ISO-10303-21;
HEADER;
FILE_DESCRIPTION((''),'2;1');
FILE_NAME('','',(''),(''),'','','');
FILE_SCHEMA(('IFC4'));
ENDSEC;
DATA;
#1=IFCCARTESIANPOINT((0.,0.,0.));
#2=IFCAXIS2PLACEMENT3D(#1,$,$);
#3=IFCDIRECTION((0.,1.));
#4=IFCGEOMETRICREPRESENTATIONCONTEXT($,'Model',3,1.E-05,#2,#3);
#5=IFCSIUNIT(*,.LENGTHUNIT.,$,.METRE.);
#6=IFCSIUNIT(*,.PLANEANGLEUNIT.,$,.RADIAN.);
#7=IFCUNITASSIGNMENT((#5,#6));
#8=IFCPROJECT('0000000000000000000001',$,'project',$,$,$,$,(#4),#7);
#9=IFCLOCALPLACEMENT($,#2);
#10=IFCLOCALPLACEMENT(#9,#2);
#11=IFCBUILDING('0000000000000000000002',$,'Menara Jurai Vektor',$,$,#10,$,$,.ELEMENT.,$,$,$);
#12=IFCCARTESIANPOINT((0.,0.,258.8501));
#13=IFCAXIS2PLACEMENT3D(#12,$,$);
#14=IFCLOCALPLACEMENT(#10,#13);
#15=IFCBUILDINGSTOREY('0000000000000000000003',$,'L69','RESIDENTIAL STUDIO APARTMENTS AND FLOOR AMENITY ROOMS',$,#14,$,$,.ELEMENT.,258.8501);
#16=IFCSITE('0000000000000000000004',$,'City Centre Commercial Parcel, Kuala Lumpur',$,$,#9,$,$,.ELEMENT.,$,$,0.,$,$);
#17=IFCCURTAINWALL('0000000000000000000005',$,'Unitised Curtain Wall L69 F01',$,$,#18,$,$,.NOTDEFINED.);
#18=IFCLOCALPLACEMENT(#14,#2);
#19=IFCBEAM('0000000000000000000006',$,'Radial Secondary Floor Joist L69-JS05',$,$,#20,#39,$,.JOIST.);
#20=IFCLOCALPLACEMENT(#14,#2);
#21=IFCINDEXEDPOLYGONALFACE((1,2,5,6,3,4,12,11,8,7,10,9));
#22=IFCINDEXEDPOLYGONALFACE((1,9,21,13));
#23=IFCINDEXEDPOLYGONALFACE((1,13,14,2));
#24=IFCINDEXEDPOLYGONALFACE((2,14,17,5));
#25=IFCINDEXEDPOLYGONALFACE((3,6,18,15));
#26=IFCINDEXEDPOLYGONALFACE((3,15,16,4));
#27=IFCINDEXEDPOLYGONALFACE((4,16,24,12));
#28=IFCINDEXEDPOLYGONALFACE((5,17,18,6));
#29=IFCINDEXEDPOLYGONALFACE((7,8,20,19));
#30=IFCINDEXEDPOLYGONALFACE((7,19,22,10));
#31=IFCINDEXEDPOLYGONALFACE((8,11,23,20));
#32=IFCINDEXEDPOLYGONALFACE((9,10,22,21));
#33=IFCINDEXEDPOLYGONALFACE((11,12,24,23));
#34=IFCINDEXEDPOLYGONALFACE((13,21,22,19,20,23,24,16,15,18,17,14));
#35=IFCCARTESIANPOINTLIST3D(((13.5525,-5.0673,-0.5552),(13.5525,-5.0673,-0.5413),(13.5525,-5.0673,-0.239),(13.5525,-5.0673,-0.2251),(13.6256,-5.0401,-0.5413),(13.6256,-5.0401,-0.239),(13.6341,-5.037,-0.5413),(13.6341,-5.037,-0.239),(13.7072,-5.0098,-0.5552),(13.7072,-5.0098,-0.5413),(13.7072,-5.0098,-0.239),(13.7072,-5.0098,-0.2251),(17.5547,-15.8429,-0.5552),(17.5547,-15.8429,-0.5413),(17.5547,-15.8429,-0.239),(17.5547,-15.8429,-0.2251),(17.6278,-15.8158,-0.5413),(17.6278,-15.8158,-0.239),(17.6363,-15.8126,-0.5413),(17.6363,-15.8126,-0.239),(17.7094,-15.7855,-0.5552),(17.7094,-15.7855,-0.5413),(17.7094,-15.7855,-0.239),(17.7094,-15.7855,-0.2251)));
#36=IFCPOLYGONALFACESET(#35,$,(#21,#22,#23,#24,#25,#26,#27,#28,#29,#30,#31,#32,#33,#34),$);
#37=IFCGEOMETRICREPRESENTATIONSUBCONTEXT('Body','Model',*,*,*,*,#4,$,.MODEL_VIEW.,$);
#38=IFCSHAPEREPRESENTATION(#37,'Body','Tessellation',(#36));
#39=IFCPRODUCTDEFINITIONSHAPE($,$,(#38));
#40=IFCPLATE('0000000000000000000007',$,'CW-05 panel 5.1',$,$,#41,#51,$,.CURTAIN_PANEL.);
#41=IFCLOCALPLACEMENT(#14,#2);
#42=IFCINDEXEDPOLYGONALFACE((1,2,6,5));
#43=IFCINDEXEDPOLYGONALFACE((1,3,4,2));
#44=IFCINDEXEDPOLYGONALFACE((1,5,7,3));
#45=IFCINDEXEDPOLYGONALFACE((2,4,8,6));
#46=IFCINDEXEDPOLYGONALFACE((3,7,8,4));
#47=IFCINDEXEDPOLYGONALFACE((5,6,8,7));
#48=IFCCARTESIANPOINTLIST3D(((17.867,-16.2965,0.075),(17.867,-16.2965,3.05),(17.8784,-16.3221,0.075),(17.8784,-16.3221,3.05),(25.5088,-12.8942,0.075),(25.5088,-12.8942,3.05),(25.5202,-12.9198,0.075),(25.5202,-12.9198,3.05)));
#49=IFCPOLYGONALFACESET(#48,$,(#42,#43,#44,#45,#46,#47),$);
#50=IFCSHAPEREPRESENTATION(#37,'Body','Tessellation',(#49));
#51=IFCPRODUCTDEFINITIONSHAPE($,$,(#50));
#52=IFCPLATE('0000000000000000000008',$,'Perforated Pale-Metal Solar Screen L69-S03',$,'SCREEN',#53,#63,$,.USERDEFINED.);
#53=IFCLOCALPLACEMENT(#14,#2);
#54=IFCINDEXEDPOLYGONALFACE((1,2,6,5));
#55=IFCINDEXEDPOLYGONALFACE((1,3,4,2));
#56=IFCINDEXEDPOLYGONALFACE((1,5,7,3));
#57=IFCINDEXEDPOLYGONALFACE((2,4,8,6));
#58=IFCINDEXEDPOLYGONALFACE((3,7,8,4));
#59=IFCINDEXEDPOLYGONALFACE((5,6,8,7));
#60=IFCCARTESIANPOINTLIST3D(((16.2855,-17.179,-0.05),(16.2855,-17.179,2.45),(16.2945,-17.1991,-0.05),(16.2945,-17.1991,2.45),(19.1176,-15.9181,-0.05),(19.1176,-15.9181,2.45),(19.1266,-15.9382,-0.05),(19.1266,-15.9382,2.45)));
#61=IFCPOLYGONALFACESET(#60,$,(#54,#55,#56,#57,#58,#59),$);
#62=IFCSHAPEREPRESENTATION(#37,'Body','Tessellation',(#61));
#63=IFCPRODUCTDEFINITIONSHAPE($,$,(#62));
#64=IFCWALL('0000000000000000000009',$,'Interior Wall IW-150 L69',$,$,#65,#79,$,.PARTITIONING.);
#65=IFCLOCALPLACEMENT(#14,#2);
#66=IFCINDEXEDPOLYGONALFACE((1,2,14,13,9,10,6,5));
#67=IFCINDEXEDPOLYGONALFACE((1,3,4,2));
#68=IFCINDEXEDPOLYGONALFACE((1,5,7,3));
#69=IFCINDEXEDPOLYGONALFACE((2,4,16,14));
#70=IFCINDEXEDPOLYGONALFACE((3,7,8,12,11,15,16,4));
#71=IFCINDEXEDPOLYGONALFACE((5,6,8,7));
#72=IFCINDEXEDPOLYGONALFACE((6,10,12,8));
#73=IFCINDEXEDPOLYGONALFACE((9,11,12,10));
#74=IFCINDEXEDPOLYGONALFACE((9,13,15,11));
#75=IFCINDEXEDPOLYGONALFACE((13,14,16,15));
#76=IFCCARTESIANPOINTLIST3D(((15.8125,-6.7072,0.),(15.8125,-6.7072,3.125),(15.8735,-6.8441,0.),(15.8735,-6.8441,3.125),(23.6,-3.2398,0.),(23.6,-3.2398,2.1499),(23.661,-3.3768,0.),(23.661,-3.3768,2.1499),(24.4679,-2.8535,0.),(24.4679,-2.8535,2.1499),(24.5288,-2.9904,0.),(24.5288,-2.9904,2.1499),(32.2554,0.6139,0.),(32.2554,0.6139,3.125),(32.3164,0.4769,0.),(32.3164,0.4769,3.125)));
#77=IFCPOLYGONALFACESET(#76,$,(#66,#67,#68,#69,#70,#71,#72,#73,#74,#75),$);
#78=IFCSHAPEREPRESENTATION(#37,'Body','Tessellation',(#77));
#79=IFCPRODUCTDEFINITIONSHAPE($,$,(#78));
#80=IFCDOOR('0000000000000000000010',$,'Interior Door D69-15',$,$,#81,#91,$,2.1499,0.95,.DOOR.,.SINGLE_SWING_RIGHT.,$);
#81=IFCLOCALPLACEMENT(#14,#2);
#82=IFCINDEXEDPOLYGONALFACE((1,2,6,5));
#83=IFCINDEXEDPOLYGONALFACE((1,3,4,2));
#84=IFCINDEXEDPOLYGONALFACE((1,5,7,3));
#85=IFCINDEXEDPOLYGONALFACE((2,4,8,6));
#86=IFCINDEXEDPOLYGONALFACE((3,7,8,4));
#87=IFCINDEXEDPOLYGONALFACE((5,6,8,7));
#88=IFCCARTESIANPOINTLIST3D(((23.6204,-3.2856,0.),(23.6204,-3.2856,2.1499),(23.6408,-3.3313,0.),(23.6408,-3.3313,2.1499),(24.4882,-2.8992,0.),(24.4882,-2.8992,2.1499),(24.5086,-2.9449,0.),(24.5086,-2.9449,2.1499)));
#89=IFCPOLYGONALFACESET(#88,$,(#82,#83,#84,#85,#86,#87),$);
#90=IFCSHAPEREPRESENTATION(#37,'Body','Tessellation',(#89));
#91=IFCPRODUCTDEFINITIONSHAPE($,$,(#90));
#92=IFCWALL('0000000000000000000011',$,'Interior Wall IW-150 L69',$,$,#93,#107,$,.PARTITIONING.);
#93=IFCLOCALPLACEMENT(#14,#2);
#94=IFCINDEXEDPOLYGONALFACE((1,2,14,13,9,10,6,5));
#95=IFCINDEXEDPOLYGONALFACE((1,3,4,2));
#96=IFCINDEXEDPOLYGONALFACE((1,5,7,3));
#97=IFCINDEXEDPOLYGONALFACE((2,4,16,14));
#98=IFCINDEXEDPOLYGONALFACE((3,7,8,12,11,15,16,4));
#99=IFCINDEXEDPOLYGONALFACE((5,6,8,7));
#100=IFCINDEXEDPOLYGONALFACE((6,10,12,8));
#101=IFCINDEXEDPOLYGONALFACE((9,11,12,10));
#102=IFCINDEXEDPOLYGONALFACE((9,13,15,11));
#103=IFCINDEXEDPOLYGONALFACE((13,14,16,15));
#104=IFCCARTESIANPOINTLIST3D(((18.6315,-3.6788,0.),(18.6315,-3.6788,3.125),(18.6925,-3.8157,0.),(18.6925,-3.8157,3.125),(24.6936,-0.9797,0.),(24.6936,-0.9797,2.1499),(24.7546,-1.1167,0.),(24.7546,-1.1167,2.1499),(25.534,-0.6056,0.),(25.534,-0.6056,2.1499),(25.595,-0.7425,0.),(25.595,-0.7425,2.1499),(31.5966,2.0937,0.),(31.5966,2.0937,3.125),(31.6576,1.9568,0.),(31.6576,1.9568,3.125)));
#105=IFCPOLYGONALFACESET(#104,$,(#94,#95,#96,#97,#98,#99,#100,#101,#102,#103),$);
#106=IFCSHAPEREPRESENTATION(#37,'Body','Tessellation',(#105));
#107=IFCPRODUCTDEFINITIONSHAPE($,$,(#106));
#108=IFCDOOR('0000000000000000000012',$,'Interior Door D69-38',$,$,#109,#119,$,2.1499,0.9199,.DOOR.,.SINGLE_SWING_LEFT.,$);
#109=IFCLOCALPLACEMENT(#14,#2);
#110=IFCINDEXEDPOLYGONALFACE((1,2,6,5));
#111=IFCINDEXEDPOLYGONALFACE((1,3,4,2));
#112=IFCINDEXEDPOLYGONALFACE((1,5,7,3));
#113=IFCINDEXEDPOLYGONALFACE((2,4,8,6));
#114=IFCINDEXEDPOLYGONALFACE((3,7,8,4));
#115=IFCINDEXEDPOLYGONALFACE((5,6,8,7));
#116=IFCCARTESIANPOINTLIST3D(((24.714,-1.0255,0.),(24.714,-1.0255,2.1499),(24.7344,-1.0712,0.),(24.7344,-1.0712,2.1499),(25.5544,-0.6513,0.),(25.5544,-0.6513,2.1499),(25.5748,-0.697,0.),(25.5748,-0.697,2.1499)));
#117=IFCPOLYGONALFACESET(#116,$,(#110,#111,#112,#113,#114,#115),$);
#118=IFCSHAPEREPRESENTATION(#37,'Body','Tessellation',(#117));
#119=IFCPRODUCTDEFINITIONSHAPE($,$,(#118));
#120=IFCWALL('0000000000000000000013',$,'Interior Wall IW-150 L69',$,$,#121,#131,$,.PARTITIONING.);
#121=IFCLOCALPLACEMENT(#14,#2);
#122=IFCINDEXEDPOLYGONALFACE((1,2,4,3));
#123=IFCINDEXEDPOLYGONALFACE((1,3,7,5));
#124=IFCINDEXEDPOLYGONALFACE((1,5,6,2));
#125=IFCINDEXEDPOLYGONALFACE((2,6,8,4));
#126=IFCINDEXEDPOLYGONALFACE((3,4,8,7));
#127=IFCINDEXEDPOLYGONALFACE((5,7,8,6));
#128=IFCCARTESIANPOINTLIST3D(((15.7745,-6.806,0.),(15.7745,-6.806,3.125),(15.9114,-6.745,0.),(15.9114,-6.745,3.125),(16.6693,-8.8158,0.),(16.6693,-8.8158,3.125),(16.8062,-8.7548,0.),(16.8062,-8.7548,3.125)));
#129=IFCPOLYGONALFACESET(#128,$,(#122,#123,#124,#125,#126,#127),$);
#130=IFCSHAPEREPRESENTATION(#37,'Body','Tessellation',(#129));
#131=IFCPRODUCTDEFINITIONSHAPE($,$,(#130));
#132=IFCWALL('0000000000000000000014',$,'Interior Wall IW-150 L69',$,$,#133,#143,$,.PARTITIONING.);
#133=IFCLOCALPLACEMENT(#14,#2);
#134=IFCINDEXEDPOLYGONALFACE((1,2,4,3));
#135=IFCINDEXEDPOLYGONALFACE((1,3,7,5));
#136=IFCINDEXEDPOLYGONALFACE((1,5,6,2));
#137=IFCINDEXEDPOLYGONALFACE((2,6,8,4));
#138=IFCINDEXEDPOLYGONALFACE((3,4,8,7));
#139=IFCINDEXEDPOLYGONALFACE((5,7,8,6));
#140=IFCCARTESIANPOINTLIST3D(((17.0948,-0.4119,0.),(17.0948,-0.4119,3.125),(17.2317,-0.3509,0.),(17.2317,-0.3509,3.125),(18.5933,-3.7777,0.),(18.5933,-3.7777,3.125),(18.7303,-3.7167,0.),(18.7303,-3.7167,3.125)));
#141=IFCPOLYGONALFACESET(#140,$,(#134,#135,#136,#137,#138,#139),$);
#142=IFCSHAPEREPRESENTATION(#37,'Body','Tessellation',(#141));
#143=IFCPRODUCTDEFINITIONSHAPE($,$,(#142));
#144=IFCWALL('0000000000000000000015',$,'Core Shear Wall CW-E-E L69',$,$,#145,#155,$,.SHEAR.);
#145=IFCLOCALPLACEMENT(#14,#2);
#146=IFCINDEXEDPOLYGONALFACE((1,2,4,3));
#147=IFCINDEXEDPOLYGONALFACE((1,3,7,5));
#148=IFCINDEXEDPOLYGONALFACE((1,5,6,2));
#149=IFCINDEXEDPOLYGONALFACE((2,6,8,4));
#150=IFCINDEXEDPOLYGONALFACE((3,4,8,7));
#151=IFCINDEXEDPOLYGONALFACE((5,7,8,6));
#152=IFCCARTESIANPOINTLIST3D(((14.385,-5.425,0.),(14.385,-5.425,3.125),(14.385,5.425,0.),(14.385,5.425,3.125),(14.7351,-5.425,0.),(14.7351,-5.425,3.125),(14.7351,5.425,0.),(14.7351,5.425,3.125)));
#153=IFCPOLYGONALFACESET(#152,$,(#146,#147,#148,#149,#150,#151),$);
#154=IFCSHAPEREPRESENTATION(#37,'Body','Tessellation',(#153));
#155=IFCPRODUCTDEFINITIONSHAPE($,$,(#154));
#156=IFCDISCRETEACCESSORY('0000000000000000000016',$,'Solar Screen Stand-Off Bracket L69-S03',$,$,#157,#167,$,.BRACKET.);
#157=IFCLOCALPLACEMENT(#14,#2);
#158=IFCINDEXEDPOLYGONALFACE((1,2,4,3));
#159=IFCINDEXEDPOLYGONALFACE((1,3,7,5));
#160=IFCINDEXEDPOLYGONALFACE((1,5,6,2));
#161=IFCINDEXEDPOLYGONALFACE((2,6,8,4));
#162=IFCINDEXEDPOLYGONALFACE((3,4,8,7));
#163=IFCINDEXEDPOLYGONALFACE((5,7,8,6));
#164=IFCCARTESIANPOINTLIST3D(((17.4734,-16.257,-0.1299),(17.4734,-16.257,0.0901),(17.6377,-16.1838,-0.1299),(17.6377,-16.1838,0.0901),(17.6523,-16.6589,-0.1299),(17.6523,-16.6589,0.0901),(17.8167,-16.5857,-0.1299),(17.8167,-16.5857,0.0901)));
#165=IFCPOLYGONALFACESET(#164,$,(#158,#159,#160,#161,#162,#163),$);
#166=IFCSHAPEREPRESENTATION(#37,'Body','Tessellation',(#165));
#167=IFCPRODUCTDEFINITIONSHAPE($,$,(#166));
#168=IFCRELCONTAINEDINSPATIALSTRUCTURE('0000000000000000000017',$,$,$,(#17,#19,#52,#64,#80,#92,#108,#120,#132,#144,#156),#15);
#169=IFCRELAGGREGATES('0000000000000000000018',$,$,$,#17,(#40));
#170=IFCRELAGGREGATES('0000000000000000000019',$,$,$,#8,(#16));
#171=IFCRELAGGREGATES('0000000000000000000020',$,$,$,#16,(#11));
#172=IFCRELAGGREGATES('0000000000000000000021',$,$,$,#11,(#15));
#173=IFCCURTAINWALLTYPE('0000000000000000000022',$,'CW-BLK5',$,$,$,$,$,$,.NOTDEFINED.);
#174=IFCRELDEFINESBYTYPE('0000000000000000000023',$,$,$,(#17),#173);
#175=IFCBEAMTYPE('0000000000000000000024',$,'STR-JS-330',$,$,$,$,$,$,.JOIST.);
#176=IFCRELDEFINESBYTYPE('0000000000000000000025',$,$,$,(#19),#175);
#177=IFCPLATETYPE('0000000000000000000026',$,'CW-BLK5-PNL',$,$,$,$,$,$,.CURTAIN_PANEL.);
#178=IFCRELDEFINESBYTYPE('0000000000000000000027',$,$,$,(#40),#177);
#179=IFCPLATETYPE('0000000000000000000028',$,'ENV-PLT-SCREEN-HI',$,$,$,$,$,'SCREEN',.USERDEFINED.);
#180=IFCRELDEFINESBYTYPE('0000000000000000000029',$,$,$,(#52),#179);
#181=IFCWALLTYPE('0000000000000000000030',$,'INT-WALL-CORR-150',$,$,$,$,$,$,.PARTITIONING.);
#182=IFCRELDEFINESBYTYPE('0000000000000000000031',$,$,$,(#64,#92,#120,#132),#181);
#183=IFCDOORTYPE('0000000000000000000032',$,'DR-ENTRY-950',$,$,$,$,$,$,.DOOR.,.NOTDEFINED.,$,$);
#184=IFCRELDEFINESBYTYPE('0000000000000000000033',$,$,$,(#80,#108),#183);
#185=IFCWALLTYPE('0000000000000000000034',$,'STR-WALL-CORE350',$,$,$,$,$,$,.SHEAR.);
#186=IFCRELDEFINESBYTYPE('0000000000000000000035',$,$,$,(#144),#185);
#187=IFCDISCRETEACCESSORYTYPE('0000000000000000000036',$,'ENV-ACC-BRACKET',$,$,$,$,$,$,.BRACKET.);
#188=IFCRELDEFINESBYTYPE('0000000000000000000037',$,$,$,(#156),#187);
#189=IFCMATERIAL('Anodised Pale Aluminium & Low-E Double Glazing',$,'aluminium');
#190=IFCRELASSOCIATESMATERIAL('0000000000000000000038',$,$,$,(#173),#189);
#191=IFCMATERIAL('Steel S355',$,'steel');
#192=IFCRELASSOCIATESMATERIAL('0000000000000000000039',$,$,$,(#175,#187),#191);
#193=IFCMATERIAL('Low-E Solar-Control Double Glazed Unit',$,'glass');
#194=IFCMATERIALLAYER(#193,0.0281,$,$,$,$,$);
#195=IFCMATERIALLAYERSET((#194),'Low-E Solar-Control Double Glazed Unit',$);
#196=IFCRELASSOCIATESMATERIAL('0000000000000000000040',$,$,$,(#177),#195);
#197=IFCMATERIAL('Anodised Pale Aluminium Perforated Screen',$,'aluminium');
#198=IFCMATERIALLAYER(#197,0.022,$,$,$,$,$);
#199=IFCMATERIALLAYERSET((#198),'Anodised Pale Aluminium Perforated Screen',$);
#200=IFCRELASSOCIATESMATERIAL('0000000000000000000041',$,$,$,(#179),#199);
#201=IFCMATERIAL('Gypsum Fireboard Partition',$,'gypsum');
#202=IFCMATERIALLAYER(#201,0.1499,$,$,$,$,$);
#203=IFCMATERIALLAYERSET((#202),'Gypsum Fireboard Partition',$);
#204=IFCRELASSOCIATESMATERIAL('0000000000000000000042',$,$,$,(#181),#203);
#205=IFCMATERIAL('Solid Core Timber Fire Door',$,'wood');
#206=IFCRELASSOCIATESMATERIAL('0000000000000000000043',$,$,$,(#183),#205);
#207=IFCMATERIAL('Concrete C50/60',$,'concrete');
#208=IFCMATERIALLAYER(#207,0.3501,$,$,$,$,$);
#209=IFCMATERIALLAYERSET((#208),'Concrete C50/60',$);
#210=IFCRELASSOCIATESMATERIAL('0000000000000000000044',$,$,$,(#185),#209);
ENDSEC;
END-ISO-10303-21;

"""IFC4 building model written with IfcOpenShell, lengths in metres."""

from ifc_helpers import new_model, si_unit, direction, frame, frame_2d, origin, origin_2d, place, context, subcontext, project, spatial, rectangle, i_section, extrude, material, layer, layer_set, material_profile, profile_set, type_object, element, fill, aggregate, save


model = new_model("IFC4")

# Units and contexts
model_context = context("Model", 3, precision=1e-05, world=origin(), true_north=direction((0.0, 1.0)))
body_context = subcontext(model_context, "Body", "Model", "MODEL_VIEW")
ifc_project = project(units=[si_unit("LENGTHUNIT", "METRE"), si_unit("PLANEANGLEUNIT", "RADIAN")], contexts=[model_context])

# Site, building, storey
site_placement = place(None, origin())
site = spatial("IfcSite", under=ifc_project, at=site_placement, Name="City Centre Commercial Parcel, Kuala Lumpur", CompositionType="ELEMENT", RefElevation=0.0)
building_placement = place(site_placement, origin())
building = spatial("IfcBuilding", under=site, at=building_placement, Name="Menara Jurai Vektor", CompositionType="ELEMENT")
storey_placement = place(building_placement, frame((0.0, 0.0, 258.8501)))
storey = spatial("IfcBuildingStorey", under=building, at=storey_placement, Name="L69", Description="RESIDENTIAL STUDIO APARTMENTS AND FLOOR AMENITY ROOMS", CompositionType="ELEMENT", Elevation=258.8501)

# Shared definitions
ifc_material_1 = material(Name="Concrete C50/60", Category="concrete")

# Curtain wall
ifc_material_2 = material(Name="Anodised Pale Aluminium & Low-E Double Glazing", Category="aluminium")
curtain_wall_type = type_object("IfcCurtainWallType", Name="CW-BLK5", PredefinedType="NOTDEFINED", material=ifc_material_2)
curtain_wall_placement = place(storey_placement, origin())
curtain_wall = element("IfcCurtainWall", 1, at=curtain_wall_placement, inside=storey, type_object=curtain_wall_type, Name="Unitised Curtain Wall L69 F01", PredefinedType="NOTDEFINED")

# Beam
ifc_material_3 = material(Name="Steel S355", Category="steel")
ifc_material_profile_1 = material_profile(ifc_material_3, i_section(OverallWidth=0.165, OverallDepth=0.3301, WebThickness=0.009, FlangeThickness=0.0139, at=origin_2d()), Name="PG 330x165x46")
ifc_profile_set_1 = profile_set([ifc_material_profile_1], Name="Steel S355")
beam_type_1 = type_object("IfcBeamType", Name="STR-JS-330", PredefinedType="JOIST", material=ifc_profile_set_1)
beam_1_placement = place(storey_placement, frame((17.6321, -15.8142, -0.3901), z_axis=(-0.348173, 0.93743, 0.0), x_axis=(-0.93743, -0.348173, 0.0)))
element("IfcBeam", 2, at=beam_1_placement, inside=storey, type_object=beam_type_1, Name="Radial Secondary Floor Joist L69-JS05", PredefinedType="JOIST", context=body_context, shape_type="SweptSolid", body=[
    extrude(i_section(OverallWidth=0.165, OverallDepth=0.3301, WebThickness=0.009, FlangeThickness=0.0139, at=origin_2d()), origin(), (0.0, 0.0, 1.0), 11.4949),
])

# Plates
ifc_material_4 = material(Name="Low-E Solar-Control Double Glazed Unit", Category="glass")
ifc_layer_1 = layer(ifc_material_4, 0.0281)
ifc_layer_set_1 = layer_set([ifc_layer_1], Name="Low-E Solar-Control Double Glazed Unit")
plate_type_1 = type_object("IfcPlateType", Name="CW-BLK5-PNL", PredefinedType="CURTAIN_PANEL", material=ifc_layer_set_1)
plate_1_placement = place(storey_placement, frame((21.6936, -14.6082, 0.075), z_axis=(0.0, 0.0, 1.0), x_axis=(0.913546, 0.406735, 0.0)))
plate_1 = element("IfcPlate", 3, at=plate_1_placement, type_object=plate_type_1, Name="CW-05 panel 5.1", PredefinedType="CURTAIN_PANEL", context=body_context, shape_type="SweptSolid", body=[
    extrude(rectangle(XDim=8.365, YDim=0.0281, at=origin_2d()), origin(), (0.0, 0.0, 1.0), 2.9751),
])
aggregate(curtain_wall, [plate_1])
ifc_material_5 = material(Name="Anodised Pale Aluminium Perforated Screen", Category="aluminium")
ifc_layer_2 = layer(ifc_material_5, 0.022)
ifc_layer_set_2 = layer_set([ifc_layer_2], Name="Anodised Pale Aluminium Perforated Screen")
plate_type_2 = type_object("IfcPlateType", Name="ENV-PLT-SCREEN-HI", ElementType="SCREEN", PredefinedType="USERDEFINED", material=ifc_layer_set_2)
plate_2_placement = place(storey_placement, frame((17.7061, -16.5586, -0.05), z_axis=(0.0, 0.0, 1.0), x_axis=(0.913545, 0.406737, 0.0)))
element("IfcPlate", 4, at=plate_2_placement, inside=storey, type_object=plate_type_2, Name="Perforated Pale-Metal Solar Screen L69-S03", ObjectType="SCREEN", PredefinedType="USERDEFINED", context=body_context, shape_type="SweptSolid", body=[
    extrude(rectangle(XDim=3.1001, YDim=0.022, at=origin_2d()), origin(), (0.0, 0.0, 1.0), 2.5),
])

# Walls, openings, doors
ifc_material_6 = material(Name="Gypsum Fireboard Partition", Category="gypsum")
ifc_layer_3 = layer(ifc_material_6, 0.1499)
ifc_layer_set_3 = layer_set([ifc_layer_3], Name="Gypsum Fireboard Partition")
wall_type_1 = type_object("IfcWallType", Name="INT-WALL-CORR-150", PredefinedType="PARTITIONING", material=ifc_layer_set_3)
wall_1_placement = place(storey_placement, frame((15.843, -6.7756, 0.0), z_axis=(0.0, 0.0, 1.0), x_axis=(0.913541, 0.406746, 0.0)))
wall_1 = element("IfcWall", 5, at=wall_1_placement, inside=storey, type_object=wall_type_1, Name="Interior Wall IW-150 L69", PredefinedType="PARTITIONING", context=body_context, shape_type="SweptSolid", body=[
    extrude(rectangle(XDim=17.999, YDim=0.1499, at=frame_2d((8.9995, 0.0))), origin(), (0.0, 0.0, 1.0), 3.125),
])
opening_1_placement = place(wall_1_placement, frame((8.5244, 0.0, 0.0)))
opening_1 = element("IfcOpeningElement", 6, at=opening_1_placement, cuts=wall_1, PredefinedType="OPENING", context=body_context, shape_type="SweptSolid", body=[
    extrude(rectangle(XDim=0.95, YDim=2.1499, at=frame_2d((0.4751, 1.075))), frame((0.0, 0.085, 0.0), z_axis=(0.0, -1.0, 0.0), x_axis=(1.0, 0.0, 0.0)), (0.0, 0.0, 1.0), 0.1699),
])
ifc_material_7 = material(Name="Solid Core Timber Fire Door", Category="wood")
door_type = type_object("IfcDoorType", Name="DR-ENTRY-950", OperationType="NOTDEFINED", PredefinedType="DOOR", material=ifc_material_7)
door_1_placement = place(opening_1_placement, origin())
door_1 = element("IfcDoor", 7, at=door_1_placement, inside=storey, type_object=door_type, Name="Interior Door D69-15", OperationType="SINGLE_SWING_RIGHT", OverallHeight=2.1499, OverallWidth=0.95, PredefinedType="DOOR", context=body_context, shape_type="SweptSolid", body=[
    extrude(rectangle(XDim=0.95, YDim=2.1499, at=frame_2d((0.4751, 1.075))), frame((0.0, 0.0249, 0.0), z_axis=(0.0, -1.0, 0.0), x_axis=(1.0, 0.0, 0.0)), (0.0, 0.0, 1.0), 0.05),
])
fill(opening_1, door_1)
wall_2_placement = place(storey_placement, frame((18.6619, -3.7473, 0.0), z_axis=(0.0, 0.0, 1.0), x_axis=(0.913545, 0.406739, 0.0)))
wall_2 = element("IfcWall", 8, at=wall_2_placement, inside=storey, type_object=wall_type_1, Name="Interior Wall IW-150 L69", PredefinedType="PARTITIONING", context=body_context, shape_type="SweptSolid", body=[
    extrude(rectangle(XDim=14.1921, YDim=0.1499, at=frame_2d((7.0962, 0.0))), origin(), (0.0, 0.0, 1.0), 3.125),
])
opening_2_placement = place(wall_2_placement, frame((6.636, 0.0, 0.0)))
opening_2 = element("IfcOpeningElement", 9, at=opening_2_placement, cuts=wall_2, PredefinedType="OPENING", context=body_context, shape_type="SweptSolid", body=[
    extrude(rectangle(XDim=0.9199, YDim=2.1499, at=frame_2d((0.46, 1.075))), frame((0.0, 0.085, 0.0), z_axis=(0.0, -1.0, 0.0), x_axis=(1.0, 0.0, 0.0)), (0.0, 0.0, 1.0), 0.1699),
])
door_2_placement = place(opening_2_placement, origin())
door_2 = element("IfcDoor", 10, at=door_2_placement, inside=storey, type_object=door_type, Name="Interior Door D69-38", OperationType="SINGLE_SWING_LEFT", OverallHeight=2.1499, OverallWidth=0.9199, PredefinedType="DOOR", context=body_context, shape_type="SweptSolid", body=[
    extrude(rectangle(XDim=0.9199, YDim=2.1499, at=frame_2d((0.46, 1.075))), frame((0.0, 0.0249, 0.0), z_axis=(0.0, -1.0, 0.0), x_axis=(1.0, 0.0, 0.0)), (0.0, 0.0, 1.0), 0.05),
])
fill(opening_2, door_2)

# Walls
wall_3_placement = place(storey_placement, frame((16.7378, -8.7854, 0.0), z_axis=(0.0, 0.0, 1.0), x_axis=(-0.406725, 0.913551, 0.0)))
element("IfcWall", 11, at=wall_3_placement, inside=storey, type_object=wall_type_1, Name="Interior Wall IW-150 L69", PredefinedType="PARTITIONING", context=body_context, shape_type="SweptSolid", body=[
    extrude(rectangle(XDim=2.2, YDim=0.1499, at=frame_2d((1.1001, 0.0))), origin(), (0.0, 0.0, 1.0), 3.125),
])
wall_4_placement = place(storey_placement, frame((18.6619, -3.7473, 0.0), z_axis=(0.0, 0.0, 1.0), x_axis=(-0.406741, 0.913544, 0.0)))
element("IfcWall", 12, at=wall_4_placement, inside=storey, type_object=wall_type_1, Name="Interior Wall IW-150 L69", PredefinedType="PARTITIONING", context=body_context, shape_type="SweptSolid", body=[
    extrude(rectangle(XDim=3.6843, YDim=0.1499, at=frame_2d((1.8423, 0.0))), origin(), (0.0, 0.0, 1.0), 3.125),
])

# Wall
ifc_layer_4 = layer(ifc_material_1, 0.3501)
ifc_layer_set_4 = layer_set([ifc_layer_4], Name="Concrete C50/60")
wall_type_2 = type_object("IfcWallType", Name="STR-WALL-CORE350", PredefinedType="SHEAR", material=ifc_layer_set_4)
wall_5_placement = place(storey_placement, frame((14.5601, -5.425, 0.0), z_axis=(0.0, 0.0, 1.0), x_axis=(0.0, 1.0, 0.0)))
element("IfcWall", 13, at=wall_5_placement, inside=storey, type_object=wall_type_2, Name="Core Shear Wall CW-E-E L69", PredefinedType="SHEAR", context=body_context, shape_type="SweptSolid", body=[
    extrude(rectangle(XDim=10.8501, YDim=0.3501, at=frame_2d((5.425, 0.0))), origin(), (0.0, 0.0, 1.0), 3.125),
])

# Discrete accessory
discrete_accessory_type = type_object("IfcDiscreteAccessoryType", Name="ENV-ACC-BRACKET", PredefinedType="BRACKET", material=ifc_material_3)
discrete_accessory_placement = place(storey_placement, frame((17.645, -16.4214, -0.1299), z_axis=(0.0, 0.0, 1.0), x_axis=(0.913545, 0.406737, 0.0)))
element("IfcDiscreteAccessory", 14, at=discrete_accessory_placement, inside=storey, type_object=discrete_accessory_type, Name="Solar Screen Stand-Off Bracket L69-S03", PredefinedType="BRACKET", context=body_context, shape_type="SweptSolid", body=[
    extrude(rectangle(XDim=0.1799, YDim=0.4399, at=origin_2d()), origin(), (0.0, 0.0, 1.0), 0.22),
])

save(model, "model.ifc")
